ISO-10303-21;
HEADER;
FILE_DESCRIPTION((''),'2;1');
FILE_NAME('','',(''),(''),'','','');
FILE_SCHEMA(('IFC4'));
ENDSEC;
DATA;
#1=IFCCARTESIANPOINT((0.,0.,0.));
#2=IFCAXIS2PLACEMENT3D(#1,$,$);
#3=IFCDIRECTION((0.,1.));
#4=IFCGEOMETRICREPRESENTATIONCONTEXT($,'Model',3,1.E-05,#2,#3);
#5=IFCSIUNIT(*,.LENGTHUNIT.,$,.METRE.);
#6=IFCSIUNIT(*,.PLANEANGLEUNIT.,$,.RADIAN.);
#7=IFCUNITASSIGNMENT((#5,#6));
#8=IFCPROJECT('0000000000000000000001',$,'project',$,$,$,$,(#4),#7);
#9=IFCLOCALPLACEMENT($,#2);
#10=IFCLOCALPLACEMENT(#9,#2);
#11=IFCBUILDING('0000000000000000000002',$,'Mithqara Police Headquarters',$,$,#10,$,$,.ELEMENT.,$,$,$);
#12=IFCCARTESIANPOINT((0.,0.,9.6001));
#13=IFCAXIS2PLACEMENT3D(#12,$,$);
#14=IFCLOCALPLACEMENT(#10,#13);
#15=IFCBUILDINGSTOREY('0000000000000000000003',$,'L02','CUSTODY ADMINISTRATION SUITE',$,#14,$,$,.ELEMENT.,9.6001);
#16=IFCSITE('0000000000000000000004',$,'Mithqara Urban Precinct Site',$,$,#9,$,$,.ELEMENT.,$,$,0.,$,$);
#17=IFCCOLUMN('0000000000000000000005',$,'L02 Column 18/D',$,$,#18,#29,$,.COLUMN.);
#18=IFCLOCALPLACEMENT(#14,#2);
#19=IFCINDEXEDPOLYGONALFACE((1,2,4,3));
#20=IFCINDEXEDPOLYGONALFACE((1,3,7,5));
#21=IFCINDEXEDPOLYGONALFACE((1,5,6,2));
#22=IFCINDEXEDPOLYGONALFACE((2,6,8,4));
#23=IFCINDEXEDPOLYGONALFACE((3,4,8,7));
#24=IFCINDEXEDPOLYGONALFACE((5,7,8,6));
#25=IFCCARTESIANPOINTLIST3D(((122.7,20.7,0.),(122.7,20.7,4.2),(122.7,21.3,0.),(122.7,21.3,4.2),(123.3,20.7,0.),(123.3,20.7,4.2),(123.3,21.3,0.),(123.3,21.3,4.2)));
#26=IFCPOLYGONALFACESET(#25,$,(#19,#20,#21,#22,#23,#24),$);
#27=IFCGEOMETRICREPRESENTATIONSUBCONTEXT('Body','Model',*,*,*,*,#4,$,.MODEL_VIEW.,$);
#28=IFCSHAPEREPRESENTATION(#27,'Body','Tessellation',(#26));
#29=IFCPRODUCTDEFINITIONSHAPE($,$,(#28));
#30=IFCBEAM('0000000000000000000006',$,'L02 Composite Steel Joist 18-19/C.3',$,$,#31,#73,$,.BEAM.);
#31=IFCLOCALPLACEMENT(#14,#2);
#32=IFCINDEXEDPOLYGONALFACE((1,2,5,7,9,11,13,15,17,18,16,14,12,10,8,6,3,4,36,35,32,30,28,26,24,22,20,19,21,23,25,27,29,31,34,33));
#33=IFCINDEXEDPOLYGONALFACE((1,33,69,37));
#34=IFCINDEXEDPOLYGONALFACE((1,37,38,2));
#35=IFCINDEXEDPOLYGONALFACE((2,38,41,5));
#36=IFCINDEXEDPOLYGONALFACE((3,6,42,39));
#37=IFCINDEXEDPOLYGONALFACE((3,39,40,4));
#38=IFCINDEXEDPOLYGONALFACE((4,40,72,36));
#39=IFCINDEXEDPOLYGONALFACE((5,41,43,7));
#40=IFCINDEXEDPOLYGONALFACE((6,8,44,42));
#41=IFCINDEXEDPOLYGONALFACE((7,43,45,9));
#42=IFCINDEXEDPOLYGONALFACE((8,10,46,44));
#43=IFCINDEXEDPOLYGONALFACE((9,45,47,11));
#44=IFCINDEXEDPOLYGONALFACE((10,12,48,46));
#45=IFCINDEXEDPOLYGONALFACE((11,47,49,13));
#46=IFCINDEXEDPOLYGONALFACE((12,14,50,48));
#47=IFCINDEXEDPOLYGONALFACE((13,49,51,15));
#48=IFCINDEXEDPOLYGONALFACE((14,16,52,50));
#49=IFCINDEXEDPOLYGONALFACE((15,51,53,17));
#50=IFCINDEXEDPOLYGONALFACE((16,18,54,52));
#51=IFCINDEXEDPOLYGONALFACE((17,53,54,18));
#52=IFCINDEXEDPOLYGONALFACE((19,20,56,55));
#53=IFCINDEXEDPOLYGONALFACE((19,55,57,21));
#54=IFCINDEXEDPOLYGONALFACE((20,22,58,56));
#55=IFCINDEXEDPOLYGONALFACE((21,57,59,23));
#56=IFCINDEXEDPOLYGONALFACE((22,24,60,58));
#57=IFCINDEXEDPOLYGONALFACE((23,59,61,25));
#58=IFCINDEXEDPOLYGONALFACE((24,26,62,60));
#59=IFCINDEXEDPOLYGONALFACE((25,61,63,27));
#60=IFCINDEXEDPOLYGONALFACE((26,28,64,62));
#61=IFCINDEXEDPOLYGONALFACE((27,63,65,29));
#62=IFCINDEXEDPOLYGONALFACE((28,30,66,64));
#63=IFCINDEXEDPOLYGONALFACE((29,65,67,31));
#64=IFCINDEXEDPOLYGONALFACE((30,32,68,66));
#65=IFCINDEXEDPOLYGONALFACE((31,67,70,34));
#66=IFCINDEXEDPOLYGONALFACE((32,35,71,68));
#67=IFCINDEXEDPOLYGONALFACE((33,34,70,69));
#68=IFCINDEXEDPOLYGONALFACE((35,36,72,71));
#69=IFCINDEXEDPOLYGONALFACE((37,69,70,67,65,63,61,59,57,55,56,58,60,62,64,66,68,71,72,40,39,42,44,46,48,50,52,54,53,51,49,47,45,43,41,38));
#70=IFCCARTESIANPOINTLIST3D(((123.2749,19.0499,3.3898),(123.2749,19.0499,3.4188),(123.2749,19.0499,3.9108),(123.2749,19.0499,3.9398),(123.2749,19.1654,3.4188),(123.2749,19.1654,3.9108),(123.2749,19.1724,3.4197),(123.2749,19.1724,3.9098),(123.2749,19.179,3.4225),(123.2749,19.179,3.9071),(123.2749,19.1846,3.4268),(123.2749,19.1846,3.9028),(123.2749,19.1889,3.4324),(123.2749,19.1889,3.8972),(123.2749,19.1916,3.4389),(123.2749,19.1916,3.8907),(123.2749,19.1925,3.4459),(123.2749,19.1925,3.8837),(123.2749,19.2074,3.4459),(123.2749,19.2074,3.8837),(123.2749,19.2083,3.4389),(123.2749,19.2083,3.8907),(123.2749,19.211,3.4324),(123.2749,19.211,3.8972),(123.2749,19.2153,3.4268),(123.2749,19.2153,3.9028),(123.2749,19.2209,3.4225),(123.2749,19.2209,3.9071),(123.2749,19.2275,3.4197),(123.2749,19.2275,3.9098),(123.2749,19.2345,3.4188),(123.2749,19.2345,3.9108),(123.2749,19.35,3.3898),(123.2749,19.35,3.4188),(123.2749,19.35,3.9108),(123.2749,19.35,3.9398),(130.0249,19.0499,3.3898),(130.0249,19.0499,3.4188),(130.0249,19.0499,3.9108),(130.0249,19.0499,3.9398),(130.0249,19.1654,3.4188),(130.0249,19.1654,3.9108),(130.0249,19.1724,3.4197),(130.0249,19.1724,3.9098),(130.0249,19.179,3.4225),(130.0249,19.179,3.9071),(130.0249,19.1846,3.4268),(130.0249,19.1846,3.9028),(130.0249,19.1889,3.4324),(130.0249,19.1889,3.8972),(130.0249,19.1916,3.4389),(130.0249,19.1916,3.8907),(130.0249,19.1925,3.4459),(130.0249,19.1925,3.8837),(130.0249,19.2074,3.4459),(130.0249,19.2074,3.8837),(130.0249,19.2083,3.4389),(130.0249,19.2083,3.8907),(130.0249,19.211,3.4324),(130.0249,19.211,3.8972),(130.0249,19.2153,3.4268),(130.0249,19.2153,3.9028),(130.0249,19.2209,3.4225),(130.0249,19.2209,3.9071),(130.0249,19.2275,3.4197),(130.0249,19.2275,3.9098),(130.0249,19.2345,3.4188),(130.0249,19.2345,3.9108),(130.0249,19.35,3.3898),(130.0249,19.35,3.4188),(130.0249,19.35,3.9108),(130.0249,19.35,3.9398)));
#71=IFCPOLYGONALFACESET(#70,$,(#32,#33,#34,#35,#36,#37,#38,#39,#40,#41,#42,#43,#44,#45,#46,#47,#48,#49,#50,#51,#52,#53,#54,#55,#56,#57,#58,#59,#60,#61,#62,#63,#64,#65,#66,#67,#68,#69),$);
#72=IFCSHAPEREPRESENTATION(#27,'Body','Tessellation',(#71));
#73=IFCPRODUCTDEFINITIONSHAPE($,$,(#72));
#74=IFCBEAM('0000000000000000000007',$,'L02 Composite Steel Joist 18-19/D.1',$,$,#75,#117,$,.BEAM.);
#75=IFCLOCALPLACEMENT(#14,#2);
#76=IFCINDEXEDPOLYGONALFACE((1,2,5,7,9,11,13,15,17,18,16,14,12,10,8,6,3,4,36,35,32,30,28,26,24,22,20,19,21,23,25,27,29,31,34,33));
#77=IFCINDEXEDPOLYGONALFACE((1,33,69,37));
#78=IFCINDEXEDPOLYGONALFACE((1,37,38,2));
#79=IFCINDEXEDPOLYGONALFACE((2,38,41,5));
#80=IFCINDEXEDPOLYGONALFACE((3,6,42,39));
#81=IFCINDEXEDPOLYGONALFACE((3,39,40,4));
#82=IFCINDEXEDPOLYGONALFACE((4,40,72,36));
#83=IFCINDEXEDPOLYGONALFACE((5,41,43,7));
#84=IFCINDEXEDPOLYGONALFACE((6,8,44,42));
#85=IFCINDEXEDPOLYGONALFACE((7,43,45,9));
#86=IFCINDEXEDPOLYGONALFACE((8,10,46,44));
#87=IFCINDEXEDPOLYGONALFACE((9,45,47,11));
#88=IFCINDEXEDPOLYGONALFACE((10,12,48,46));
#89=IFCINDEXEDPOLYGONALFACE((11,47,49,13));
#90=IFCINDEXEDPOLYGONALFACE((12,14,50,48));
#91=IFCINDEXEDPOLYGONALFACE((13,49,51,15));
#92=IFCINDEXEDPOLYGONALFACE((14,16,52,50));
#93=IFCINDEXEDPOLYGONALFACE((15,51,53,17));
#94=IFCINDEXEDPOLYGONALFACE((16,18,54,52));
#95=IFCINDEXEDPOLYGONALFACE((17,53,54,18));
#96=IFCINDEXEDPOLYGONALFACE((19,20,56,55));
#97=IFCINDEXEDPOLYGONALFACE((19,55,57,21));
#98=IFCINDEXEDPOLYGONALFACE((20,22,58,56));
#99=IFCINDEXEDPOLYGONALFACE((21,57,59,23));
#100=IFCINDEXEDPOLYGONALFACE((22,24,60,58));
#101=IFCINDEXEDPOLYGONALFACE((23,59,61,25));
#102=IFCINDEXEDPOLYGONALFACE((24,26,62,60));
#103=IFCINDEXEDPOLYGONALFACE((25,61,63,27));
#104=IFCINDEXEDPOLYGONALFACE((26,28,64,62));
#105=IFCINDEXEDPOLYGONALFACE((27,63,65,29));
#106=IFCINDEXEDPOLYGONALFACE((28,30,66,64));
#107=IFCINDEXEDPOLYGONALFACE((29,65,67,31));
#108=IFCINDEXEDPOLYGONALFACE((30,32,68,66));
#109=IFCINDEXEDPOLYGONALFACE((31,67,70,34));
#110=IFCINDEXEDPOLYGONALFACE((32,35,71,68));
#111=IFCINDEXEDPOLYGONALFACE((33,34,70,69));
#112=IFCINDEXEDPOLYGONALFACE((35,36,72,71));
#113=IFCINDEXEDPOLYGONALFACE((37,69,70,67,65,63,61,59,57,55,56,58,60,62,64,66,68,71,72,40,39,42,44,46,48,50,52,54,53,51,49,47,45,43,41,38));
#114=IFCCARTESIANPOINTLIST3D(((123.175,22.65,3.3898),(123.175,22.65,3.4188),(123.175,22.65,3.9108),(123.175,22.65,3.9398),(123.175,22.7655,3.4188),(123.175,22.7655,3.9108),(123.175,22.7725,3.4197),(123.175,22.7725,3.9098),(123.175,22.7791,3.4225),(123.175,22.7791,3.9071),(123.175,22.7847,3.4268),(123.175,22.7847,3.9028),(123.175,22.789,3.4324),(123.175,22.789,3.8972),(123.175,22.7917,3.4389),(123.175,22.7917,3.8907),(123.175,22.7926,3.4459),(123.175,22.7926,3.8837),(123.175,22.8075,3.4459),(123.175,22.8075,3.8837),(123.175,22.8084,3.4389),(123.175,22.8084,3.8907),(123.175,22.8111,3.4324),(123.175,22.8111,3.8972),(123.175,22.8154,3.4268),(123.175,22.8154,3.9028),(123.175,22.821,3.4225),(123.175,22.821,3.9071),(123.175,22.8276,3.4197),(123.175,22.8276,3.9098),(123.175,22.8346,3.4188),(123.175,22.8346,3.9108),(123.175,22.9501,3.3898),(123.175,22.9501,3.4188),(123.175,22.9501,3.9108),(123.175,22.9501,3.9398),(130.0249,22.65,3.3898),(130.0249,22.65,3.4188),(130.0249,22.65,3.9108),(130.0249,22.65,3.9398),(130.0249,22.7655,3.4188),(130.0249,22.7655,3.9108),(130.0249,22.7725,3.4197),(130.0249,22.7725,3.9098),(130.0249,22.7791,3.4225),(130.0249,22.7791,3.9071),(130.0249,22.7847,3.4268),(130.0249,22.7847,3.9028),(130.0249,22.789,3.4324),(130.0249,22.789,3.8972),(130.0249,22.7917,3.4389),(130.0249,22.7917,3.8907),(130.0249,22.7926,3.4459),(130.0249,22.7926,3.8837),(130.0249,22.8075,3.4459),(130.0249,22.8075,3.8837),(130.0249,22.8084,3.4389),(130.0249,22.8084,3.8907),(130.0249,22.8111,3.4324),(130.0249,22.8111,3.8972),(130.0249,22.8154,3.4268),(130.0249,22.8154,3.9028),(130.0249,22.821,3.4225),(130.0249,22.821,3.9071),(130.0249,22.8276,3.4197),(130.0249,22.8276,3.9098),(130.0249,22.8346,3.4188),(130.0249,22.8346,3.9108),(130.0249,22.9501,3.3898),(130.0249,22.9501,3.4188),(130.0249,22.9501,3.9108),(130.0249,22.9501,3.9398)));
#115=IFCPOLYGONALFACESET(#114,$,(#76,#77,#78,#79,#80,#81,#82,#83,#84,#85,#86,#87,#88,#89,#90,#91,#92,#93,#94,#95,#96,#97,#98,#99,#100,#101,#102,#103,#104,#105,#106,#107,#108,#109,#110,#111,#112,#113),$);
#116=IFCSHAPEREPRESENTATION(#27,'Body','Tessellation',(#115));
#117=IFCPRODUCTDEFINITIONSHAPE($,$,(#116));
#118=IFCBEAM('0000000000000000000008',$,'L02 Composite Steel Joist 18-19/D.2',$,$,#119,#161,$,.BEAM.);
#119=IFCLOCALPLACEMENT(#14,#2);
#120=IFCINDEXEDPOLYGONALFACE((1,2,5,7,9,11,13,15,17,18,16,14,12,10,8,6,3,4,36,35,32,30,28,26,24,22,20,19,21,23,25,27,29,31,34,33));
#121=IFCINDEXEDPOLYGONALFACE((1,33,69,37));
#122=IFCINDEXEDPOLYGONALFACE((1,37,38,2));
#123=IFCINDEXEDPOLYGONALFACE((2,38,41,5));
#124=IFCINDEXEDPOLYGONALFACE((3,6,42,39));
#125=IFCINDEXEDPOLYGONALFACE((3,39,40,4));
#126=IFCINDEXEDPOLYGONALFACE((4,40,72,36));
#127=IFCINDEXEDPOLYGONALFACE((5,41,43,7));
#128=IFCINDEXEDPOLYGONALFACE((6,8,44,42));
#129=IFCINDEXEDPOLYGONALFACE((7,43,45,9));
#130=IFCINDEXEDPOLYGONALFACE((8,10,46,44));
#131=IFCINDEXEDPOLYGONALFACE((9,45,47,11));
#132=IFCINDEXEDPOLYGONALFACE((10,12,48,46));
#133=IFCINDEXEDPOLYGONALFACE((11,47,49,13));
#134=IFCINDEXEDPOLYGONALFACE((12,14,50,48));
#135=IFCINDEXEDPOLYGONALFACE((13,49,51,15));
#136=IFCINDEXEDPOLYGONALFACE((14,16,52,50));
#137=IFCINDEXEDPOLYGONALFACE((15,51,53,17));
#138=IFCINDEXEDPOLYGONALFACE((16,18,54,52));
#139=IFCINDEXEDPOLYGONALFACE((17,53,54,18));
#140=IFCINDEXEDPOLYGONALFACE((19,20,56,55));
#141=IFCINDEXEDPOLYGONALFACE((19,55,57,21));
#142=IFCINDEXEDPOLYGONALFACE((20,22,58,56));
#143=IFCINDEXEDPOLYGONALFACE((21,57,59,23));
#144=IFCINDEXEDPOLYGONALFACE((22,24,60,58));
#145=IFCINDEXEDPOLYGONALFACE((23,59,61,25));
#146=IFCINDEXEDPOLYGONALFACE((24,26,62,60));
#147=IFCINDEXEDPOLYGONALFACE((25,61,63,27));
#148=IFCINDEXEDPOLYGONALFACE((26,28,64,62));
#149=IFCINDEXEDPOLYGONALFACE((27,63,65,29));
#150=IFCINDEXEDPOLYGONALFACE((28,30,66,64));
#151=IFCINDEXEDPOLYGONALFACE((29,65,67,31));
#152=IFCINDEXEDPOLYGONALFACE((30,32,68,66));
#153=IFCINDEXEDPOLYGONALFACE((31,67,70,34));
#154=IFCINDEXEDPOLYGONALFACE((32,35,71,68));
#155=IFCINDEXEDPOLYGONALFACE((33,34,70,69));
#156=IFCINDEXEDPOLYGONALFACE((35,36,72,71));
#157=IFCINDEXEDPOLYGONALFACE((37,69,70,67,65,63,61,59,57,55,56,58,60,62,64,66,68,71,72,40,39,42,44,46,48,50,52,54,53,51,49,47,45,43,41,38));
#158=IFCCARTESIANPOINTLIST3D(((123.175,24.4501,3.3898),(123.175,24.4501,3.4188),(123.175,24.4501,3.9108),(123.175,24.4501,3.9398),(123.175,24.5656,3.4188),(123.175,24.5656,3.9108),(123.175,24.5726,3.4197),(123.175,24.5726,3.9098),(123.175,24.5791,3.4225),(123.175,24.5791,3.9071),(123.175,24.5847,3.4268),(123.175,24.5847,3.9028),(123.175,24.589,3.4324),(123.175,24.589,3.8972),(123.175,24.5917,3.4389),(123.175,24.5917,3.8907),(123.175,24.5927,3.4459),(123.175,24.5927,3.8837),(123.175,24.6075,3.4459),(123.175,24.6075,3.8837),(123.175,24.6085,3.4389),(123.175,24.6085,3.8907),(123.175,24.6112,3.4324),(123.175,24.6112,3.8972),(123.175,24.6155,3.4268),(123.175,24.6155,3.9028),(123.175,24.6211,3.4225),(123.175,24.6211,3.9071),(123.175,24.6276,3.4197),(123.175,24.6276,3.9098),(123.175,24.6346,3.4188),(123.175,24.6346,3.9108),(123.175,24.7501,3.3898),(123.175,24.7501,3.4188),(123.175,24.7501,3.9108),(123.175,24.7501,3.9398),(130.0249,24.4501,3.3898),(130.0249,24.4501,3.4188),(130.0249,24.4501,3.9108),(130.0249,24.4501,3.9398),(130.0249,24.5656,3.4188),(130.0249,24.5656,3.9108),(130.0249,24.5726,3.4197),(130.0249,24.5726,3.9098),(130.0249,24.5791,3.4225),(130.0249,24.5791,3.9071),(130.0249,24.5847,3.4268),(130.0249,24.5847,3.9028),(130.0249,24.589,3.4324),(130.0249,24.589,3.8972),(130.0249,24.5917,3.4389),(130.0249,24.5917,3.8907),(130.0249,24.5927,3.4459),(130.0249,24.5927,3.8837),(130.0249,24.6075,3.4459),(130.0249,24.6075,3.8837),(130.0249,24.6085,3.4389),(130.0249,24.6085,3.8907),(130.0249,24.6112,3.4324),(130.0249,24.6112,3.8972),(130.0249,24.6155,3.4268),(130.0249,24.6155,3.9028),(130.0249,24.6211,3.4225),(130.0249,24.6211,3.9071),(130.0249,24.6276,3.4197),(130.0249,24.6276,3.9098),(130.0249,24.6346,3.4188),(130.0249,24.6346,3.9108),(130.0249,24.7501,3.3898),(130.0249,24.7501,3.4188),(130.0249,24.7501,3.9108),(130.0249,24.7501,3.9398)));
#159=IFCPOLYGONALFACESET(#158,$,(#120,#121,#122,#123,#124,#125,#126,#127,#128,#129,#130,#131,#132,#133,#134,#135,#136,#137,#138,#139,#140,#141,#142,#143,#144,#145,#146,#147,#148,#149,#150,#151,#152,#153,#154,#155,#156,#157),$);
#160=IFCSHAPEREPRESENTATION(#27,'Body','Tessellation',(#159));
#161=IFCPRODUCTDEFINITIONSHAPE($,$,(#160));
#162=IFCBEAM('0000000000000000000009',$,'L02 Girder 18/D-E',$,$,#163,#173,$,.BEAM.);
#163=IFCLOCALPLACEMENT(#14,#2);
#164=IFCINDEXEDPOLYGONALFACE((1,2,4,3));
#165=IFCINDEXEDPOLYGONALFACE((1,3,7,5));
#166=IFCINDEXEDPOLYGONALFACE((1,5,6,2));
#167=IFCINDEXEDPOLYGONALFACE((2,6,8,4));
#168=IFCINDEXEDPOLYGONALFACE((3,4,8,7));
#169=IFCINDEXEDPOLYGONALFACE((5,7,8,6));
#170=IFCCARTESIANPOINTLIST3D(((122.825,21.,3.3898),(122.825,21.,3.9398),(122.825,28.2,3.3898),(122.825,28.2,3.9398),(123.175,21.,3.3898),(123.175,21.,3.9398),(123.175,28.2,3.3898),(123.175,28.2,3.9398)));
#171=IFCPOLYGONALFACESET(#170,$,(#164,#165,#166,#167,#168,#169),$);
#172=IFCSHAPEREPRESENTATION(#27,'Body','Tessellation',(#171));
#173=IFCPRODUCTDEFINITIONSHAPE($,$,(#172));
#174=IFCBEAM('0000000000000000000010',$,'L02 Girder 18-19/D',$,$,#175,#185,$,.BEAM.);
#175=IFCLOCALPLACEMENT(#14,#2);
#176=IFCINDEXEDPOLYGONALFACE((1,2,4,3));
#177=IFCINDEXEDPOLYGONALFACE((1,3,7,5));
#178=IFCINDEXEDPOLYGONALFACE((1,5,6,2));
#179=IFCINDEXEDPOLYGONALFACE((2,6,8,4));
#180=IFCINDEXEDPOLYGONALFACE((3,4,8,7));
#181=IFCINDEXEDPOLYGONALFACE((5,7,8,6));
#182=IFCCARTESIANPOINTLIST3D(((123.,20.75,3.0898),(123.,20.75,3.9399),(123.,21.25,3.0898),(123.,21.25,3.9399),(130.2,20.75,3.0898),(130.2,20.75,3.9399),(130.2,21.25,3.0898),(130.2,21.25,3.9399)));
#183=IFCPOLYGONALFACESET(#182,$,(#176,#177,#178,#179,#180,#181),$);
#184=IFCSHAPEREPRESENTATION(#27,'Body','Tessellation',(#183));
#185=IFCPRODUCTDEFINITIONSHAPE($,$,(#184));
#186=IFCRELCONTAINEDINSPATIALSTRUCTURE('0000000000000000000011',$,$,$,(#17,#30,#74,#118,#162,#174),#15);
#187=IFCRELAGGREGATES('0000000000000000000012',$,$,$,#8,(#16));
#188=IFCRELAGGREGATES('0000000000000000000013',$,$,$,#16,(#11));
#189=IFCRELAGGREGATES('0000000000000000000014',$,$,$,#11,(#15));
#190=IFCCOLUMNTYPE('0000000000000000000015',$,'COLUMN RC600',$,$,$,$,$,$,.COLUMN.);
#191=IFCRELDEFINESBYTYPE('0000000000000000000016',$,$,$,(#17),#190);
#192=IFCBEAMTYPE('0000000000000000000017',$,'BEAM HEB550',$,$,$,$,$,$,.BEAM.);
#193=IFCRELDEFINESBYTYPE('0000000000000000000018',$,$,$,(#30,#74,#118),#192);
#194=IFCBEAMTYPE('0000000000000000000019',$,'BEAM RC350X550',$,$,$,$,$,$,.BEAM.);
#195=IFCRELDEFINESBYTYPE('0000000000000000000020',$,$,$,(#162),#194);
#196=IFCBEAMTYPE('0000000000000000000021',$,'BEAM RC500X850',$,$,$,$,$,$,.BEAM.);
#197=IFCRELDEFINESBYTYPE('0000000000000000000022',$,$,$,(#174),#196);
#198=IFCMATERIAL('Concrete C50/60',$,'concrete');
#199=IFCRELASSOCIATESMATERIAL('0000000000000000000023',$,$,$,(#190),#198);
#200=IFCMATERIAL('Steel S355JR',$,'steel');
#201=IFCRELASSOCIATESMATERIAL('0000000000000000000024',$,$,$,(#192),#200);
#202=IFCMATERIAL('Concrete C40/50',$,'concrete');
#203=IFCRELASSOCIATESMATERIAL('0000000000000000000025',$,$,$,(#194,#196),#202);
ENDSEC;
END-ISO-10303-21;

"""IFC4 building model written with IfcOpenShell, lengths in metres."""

from ifc_helpers import new_model, si_unit, direction, frame, origin, origin_2d, place, context, subcontext, project, spatial, rectangle, i_section, extrude, material, material_profile, profile_set, type_object, element, save


model = new_model("IFC4")

# Units and contexts
model_context = context("Model", 3, precision=1e-05, world=origin(), true_north=direction((0.0, 1.0)))
body_context = subcontext(model_context, "Body", "Model", "MODEL_VIEW")
ifc_project = project(units=[si_unit("LENGTHUNIT", "METRE"), si_unit("PLANEANGLEUNIT", "RADIAN")], contexts=[model_context])

# Site, building, storey
site_placement = place(None, origin())
site = spatial("IfcSite", under=ifc_project, at=site_placement, Name="Mithqara Urban Precinct Site", CompositionType="ELEMENT", RefElevation=0.0)
building_placement = place(site_placement, origin())
building = spatial("IfcBuilding", under=site, at=building_placement, Name="Mithqara Police Headquarters", CompositionType="ELEMENT")
storey_placement = place(building_placement, frame((0.0, 0.0, 9.6001)))
storey = spatial("IfcBuildingStorey", under=building, at=storey_placement, Name="L02", Description="CUSTODY ADMINISTRATION SUITE", CompositionType="ELEMENT", Elevation=9.6001)

# Column
ifc_material_1 = material(Name="Concrete C50/60", Category="concrete")
ifc_material_profile_1 = material_profile(ifc_material_1, rectangle(XDim=0.6001, YDim=0.6001, at=origin_2d()), Name="RC 600x600")
ifc_profile_set_1 = profile_set([ifc_material_profile_1], Name="Concrete C50/60")
column_type = type_object("IfcColumnType", Name="COLUMN RC600", PredefinedType="COLUMN", material=ifc_profile_set_1)
column_placement = place(storey_placement, frame((123.0, 21.0, 0.0), z_axis=(0.0, 0.0, 1.0), x_axis=(1.0, 0.0, 0.0)))
element("IfcColumn", 1, at=column_placement, inside=storey, type_object=column_type, Name="L02 Column 18/D", PredefinedType="COLUMN", context=body_context, shape_type="SweptSolid", body=[
    extrude(rectangle(XDim=0.6001, YDim=0.6001, at=origin_2d()), origin(), (0.0, 0.0, 1.0), 4.2),
])

# Beams
ifc_material_2 = material(Name="Steel S355JR", Category="steel")
ifc_material_profile_2 = material_profile(ifc_material_2, i_section(OverallWidth=0.3, OverallDepth=0.55, WebThickness=0.0149, FlangeThickness=0.0291, FilletRadius=0.0271, at=origin_2d()), Name="HEB 550")
ifc_profile_set_2 = profile_set([ifc_material_profile_2], Name="Steel S355JR")
beam_type_1 = type_object("IfcBeamType", Name="BEAM HEB550", PredefinedType="BEAM", material=ifc_profile_set_2)
beam_1_placement = place(storey_placement, frame((123.2749, 19.2, 3.6648), z_axis=(1.0, 0.0, 0.0), x_axis=(0.0, 1.0, 0.0)))
element("IfcBeam", 2, at=beam_1_placement, inside=storey, type_object=beam_type_1, Name="L02 Composite Steel Joist 18-19/C.3", PredefinedType="BEAM", context=body_context, shape_type="SweptSolid", body=[
    extrude(i_section(OverallWidth=0.3, OverallDepth=0.55, WebThickness=0.0149, FlangeThickness=0.0291, FilletRadius=0.0271, at=origin_2d()), origin(), (0.0, 0.0, 1.0), 6.75),
])
for number, where, z_axis, x_axis, name in (
    (3, (123.175, 22.8, 3.6648), (1.0, 0.0, 0.0), (0.0, 1.0, 0.0), "L02 Composite Steel Joist 18-19/D.1"),
    (4, (123.175, 24.6001, 3.6648), (1.0, 0.0, 0.0), (0.0, 1.0, 0.0), "L02 Composite Steel Joist 18-19/D.2"),
):
    element("IfcBeam", number, at=place(storey_placement, frame(where, z_axis=z_axis, x_axis=x_axis)), inside=storey, type_object=beam_type_1, Name=name, PredefinedType="BEAM", context=body_context, shape_type="SweptSolid", body=[
        extrude(i_section(OverallWidth=0.3, OverallDepth=0.55, WebThickness=0.0149, FlangeThickness=0.0291, FilletRadius=0.0271, at=origin_2d()), origin(), (0.0, 0.0, 1.0), 6.8499),
    ])
ifc_material_3 = material(Name="Concrete C40/50", Category="concrete")
ifc_material_profile_3 = material_profile(ifc_material_3, rectangle(XDim=0.3501, YDim=0.55, at=origin_2d()), Name="RC 350x550")
ifc_profile_set_3 = profile_set([ifc_material_profile_3], Name="Concrete C40/50")
beam_type_2 = type_object("IfcBeamType", Name="BEAM RC350X550", PredefinedType="BEAM", material=ifc_profile_set_3)
beam_2_placement = place(storey_placement, frame((123.0, 21.0, 3.6648), z_axis=(0.0, 1.0, 0.0), x_axis=(-1.0, 0.0, 0.0)))
element("IfcBeam", 5, at=beam_2_placement, inside=storey, type_object=beam_type_2, Name="L02 Girder 18/D-E", PredefinedType="BEAM", context=body_context, shape_type="SweptSolid", body=[
    extrude(rectangle(XDim=0.3501, YDim=0.55, at=origin_2d()), origin(), (0.0, 0.0, 1.0), 7.2),
])
ifc_material_profile_4 = material_profile(ifc_material_3, rectangle(XDim=0.5, YDim=0.8501, at=origin_2d()), Name="RC 500x850")
ifc_profile_set_4 = profile_set([ifc_material_profile_4], Name="Concrete C40/50")
beam_type_3 = type_object("IfcBeamType", Name="BEAM RC500X850", PredefinedType="BEAM", material=ifc_profile_set_4)
beam_3_placement = place(storey_placement, frame((123.0, 21.0, 3.5149), z_axis=(1.0, 0.0, 0.0), x_axis=(0.0, 1.0, 0.0)))
element("IfcBeam", 6, at=beam_3_placement, inside=storey, type_object=beam_type_3, Name="L02 Girder 18-19/D", PredefinedType="BEAM", context=body_context, shape_type="SweptSolid", body=[
    extrude(rectangle(XDim=0.5, YDim=0.8501, at=origin_2d()), origin(), (0.0, 0.0, 1.0), 7.2),
])

save(model, "model.ifc")
